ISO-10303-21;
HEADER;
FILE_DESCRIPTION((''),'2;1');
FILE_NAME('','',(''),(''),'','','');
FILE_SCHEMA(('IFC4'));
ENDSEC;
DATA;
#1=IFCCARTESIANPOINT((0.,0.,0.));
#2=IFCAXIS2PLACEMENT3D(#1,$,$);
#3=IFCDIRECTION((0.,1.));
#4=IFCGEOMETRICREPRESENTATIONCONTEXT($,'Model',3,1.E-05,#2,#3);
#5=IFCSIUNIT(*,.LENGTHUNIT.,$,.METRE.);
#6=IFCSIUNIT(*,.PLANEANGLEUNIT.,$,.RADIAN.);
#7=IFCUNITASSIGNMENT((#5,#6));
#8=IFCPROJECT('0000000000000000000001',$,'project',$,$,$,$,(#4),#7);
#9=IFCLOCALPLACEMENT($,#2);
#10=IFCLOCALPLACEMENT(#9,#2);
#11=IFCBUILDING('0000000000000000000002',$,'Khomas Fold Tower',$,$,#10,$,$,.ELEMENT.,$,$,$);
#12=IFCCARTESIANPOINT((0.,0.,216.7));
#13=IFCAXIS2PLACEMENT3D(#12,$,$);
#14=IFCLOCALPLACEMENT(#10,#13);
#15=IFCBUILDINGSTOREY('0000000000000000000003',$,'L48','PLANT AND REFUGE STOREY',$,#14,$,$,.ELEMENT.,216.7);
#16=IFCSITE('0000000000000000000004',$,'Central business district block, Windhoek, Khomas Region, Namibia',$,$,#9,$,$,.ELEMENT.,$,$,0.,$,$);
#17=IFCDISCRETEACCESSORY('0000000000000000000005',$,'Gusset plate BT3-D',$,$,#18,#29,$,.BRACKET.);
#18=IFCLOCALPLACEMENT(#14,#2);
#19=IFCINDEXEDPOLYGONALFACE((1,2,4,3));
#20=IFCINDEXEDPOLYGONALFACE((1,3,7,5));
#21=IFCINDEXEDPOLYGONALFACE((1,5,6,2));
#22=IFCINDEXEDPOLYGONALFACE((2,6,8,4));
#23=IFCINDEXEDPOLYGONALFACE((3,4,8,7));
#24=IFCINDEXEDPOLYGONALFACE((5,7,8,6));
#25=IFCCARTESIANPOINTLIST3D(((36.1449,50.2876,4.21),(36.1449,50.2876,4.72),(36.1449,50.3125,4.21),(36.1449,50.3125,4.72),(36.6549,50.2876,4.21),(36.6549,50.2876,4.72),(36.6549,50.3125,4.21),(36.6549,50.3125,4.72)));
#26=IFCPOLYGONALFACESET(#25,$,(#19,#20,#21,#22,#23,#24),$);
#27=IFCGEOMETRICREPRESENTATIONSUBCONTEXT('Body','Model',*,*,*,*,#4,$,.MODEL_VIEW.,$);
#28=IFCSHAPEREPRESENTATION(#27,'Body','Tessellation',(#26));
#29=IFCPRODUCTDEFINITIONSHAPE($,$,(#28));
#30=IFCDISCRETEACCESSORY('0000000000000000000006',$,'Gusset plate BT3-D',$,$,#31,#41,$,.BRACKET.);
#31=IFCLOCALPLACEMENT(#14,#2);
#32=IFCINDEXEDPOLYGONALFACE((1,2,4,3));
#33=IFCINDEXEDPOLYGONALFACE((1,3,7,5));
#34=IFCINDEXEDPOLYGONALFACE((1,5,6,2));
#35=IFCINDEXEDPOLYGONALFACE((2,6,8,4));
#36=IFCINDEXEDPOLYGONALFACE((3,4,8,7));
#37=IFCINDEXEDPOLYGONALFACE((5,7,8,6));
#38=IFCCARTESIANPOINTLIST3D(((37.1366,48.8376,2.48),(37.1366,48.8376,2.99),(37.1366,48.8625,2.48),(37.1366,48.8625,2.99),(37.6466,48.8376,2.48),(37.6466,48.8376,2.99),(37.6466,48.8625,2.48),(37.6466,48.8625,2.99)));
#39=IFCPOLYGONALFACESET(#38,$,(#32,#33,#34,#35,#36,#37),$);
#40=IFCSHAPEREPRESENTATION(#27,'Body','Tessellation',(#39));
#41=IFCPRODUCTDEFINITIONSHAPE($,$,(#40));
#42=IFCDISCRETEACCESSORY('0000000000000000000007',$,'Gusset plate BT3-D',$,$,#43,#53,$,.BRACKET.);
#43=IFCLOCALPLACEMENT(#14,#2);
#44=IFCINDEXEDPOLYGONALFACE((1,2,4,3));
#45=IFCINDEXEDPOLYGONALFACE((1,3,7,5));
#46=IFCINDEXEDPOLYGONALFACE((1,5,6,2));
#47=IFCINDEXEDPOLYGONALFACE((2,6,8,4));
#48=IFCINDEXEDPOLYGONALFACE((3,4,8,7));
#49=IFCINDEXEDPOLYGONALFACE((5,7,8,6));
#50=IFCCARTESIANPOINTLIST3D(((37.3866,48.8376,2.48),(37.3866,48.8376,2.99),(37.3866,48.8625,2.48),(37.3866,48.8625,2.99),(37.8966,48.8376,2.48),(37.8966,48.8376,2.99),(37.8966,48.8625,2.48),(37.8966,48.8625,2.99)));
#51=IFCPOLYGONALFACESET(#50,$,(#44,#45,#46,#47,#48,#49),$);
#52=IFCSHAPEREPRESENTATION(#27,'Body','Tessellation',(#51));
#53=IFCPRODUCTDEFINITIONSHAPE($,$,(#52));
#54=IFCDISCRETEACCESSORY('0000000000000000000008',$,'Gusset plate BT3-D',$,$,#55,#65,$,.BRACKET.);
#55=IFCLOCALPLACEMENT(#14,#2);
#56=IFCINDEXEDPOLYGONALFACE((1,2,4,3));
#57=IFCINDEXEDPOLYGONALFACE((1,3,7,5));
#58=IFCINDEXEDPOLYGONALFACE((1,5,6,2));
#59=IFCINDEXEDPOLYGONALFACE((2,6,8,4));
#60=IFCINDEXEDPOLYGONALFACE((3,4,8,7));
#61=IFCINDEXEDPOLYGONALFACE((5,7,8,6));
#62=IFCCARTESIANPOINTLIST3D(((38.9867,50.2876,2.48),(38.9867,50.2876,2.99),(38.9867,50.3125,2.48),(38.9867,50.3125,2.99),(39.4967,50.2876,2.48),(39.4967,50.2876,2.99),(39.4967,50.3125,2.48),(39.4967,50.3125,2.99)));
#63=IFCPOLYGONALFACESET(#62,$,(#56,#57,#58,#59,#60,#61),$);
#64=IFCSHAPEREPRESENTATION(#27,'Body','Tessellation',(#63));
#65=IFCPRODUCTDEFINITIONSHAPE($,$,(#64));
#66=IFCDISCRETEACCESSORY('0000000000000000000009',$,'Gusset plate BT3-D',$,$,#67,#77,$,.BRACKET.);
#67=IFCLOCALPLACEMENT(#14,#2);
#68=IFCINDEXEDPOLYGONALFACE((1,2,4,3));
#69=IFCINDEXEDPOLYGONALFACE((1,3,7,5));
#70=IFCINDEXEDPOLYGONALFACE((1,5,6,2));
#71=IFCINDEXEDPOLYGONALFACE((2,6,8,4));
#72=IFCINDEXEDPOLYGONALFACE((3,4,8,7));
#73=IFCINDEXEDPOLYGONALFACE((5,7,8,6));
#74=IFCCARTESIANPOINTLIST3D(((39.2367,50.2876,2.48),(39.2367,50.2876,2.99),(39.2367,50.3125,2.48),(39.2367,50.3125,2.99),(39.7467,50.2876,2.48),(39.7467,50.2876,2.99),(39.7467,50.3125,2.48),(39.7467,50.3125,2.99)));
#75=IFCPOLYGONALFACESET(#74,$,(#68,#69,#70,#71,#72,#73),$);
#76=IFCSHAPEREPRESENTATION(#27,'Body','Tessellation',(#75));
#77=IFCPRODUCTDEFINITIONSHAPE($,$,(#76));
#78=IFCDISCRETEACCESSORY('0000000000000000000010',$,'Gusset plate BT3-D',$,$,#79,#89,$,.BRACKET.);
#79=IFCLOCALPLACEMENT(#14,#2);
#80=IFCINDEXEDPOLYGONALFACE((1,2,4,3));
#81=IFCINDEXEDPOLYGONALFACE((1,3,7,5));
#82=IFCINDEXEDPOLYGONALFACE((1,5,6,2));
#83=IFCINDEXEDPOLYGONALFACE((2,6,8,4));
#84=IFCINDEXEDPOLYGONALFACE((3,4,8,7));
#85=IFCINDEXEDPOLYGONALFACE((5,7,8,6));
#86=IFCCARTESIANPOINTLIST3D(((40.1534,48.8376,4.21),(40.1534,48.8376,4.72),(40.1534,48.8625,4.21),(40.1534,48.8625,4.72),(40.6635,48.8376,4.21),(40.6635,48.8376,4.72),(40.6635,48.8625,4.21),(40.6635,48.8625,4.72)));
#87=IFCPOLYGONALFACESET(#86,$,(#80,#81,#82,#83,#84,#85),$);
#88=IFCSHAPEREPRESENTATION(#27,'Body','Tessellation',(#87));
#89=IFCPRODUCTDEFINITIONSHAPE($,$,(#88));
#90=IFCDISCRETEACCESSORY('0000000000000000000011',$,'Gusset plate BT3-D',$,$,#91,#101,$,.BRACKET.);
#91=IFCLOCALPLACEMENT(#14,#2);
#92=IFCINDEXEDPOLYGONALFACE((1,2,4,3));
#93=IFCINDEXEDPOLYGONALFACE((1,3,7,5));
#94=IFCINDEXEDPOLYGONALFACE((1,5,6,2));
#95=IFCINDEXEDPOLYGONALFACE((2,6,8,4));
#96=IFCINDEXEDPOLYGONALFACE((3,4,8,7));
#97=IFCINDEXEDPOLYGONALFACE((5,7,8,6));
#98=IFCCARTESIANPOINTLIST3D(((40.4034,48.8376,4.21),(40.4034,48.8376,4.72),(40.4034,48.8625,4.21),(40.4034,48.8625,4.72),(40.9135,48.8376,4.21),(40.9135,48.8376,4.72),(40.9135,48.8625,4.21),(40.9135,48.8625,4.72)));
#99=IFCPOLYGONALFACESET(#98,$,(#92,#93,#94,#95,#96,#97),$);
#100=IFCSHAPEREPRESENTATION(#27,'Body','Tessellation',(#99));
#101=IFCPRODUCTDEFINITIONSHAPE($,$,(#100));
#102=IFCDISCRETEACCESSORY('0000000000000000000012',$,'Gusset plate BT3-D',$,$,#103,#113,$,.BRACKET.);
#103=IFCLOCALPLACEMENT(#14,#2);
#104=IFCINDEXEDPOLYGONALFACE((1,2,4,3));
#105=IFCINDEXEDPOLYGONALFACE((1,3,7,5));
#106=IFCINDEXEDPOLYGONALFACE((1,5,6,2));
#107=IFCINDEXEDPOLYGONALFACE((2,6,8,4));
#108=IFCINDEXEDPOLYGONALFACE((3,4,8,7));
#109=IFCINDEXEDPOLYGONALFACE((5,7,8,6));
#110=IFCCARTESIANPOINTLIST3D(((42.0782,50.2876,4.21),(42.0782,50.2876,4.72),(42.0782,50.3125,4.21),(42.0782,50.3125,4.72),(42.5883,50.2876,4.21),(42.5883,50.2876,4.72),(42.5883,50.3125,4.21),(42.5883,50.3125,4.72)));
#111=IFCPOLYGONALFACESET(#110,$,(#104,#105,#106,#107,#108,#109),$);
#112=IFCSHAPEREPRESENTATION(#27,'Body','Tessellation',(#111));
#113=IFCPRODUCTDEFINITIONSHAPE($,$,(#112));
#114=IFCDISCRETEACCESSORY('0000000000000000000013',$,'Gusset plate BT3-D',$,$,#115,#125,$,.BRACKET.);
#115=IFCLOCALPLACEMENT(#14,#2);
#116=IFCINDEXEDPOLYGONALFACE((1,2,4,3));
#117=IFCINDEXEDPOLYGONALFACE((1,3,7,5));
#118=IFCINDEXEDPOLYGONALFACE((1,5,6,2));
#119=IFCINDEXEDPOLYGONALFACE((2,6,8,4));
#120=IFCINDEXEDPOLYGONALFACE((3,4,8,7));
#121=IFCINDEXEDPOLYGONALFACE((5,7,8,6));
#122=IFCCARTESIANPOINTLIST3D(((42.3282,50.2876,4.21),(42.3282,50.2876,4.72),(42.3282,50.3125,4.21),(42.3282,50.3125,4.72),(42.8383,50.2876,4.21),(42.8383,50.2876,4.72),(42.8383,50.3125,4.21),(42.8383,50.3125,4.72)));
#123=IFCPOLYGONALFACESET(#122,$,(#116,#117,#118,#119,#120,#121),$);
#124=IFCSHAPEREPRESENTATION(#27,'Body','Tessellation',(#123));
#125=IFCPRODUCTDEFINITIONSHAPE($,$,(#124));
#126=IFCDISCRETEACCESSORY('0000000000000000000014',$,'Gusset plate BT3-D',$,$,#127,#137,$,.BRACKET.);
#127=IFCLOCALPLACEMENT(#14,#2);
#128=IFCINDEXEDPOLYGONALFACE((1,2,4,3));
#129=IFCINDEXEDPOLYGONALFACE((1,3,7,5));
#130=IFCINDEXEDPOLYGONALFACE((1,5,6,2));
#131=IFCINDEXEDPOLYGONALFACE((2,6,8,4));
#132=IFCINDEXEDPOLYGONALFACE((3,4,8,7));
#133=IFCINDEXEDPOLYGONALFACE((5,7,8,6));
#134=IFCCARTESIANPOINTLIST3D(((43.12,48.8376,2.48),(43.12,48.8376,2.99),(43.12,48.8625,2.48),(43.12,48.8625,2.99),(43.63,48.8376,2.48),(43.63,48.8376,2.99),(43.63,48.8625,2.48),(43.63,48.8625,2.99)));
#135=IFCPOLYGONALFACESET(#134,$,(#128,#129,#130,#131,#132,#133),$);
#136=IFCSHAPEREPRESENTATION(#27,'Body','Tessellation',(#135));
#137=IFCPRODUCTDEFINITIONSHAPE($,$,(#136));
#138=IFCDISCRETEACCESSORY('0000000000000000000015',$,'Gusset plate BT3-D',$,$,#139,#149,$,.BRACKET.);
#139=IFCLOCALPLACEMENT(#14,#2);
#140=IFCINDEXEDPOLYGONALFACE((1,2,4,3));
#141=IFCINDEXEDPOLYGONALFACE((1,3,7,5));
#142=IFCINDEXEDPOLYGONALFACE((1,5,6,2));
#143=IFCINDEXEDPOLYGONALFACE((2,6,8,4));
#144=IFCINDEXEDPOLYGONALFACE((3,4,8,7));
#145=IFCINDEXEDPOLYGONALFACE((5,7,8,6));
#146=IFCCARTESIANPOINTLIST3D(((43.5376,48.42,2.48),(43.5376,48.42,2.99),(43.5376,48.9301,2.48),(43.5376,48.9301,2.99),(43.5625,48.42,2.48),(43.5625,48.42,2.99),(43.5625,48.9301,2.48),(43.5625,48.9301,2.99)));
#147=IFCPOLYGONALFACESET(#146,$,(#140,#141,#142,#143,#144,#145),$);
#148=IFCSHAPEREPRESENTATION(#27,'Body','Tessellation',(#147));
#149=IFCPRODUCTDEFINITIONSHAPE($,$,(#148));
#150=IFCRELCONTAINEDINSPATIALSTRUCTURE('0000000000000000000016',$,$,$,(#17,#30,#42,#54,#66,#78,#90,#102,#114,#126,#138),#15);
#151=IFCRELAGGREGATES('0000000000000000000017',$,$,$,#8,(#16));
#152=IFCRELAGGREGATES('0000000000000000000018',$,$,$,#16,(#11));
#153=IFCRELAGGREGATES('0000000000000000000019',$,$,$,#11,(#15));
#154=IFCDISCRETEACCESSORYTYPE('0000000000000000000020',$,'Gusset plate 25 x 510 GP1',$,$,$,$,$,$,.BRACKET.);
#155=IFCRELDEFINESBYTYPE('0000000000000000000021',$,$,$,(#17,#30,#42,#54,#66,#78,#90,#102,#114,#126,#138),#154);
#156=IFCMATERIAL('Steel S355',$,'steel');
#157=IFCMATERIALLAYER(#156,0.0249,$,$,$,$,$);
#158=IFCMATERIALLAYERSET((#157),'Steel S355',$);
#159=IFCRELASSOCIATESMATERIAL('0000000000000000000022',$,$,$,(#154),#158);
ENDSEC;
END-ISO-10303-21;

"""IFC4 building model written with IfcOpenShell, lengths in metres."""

from ifc_helpers import new_model, si_unit, direction, frame, origin, origin_2d, place, context, subcontext, project, spatial, rectangle, extrude, source, transform, mapped, material, layer, layer_set, type_object, element, save


model = new_model("IFC4")

# Units and contexts
model_context = context("Model", 3, precision=1e-05, world=origin(), true_north=direction((0.0, 1.0)))
body_context = subcontext(model_context, "Body", "Model", "MODEL_VIEW")
ifc_project = project(units=[si_unit("LENGTHUNIT", "METRE"), si_unit("PLANEANGLEUNIT", "RADIAN")], contexts=[model_context])

# Site, building, storey
site_placement = place(None, origin())
site = spatial("IfcSite", under=ifc_project, at=site_placement, Name="Central business district block, Windhoek, Khomas Region, Namibia", CompositionType="ELEMENT", RefElevation=0.0)
building_placement = place(site_placement, origin())
building = spatial("IfcBuilding", under=site, at=building_placement, Name="Khomas Fold Tower", CompositionType="ELEMENT")
storey_placement = place(building_placement, frame((0.0, 0.0, 216.7)))
storey = spatial("IfcBuildingStorey", under=building, at=storey_placement, Name="L48", Description="PLANT AND REFUGE STOREY", CompositionType="ELEMENT", Elevation=216.7)

# Discrete accessories
ifc_material_1 = material(Name="Steel S355", Category="steel")
ifc_layer_1 = layer(ifc_material_1, 0.0249)
ifc_layer_set_1 = layer_set([ifc_layer_1], Name="Steel S355")
discrete_accessory_type = type_object("IfcDiscreteAccessoryType", Name="Gusset plate 25 x 510 GP1", PredefinedType="BRACKET", material=ifc_layer_set_1)
shared_shape_1 = source(origin(), body_context, "Body", "SweptSolid", [
    extrude(rectangle(XDim=0.51, YDim=0.0249, at=origin_2d()), origin(), (0.0, 0.0, 1.0), 0.51),
])
for number, where, z_axis, x_axis, name in (
    (1, (36.3999, 50.3, 4.21), (0.0, 0.0, 1.0), (1.0, 0.0, 0.0), "Gusset plate BT3-D"),
    (2, (37.3916, 48.8501, 2.48), (0.0, 0.0, 1.0), (1.0, 0.0, 0.0), "Gusset plate BT3-D"),
    (3, (37.6416, 48.8501, 2.48), (0.0, 0.0, 1.0), (1.0, 0.0, 0.0), "Gusset plate BT3-D"),
    (4, (39.2417, 50.3, 2.48), (0.0, 0.0, 1.0), (1.0, 0.0, 0.0), "Gusset plate BT3-D"),
    (5, (39.4917, 50.3, 2.48), (0.0, 0.0, 1.0), (1.0, 0.0, 0.0), "Gusset plate BT3-D"),
    (6, (40.4084, 48.8501, 4.21), (0.0, 0.0, 1.0), (1.0, 0.0, 0.0), "Gusset plate BT3-D"),
    (7, (40.6584, 48.8501, 4.21), (0.0, 0.0, 1.0), (1.0, 0.0, 0.0), "Gusset plate BT3-D"),
    (8, (42.3333, 50.3, 4.21), (0.0, 0.0, 1.0), (1.0, 0.0, 0.0), "Gusset plate BT3-D"),
    (9, (42.5833, 50.3, 4.21), (0.0, 0.0, 1.0), (1.0, 0.0, 0.0), "Gusset plate BT3-D"),
    (10, (43.375, 48.8501, 2.48), (0.0, 0.0, 1.0), (1.0, 0.0, 0.0), "Gusset plate BT3-D"),
    (11, (43.55, 48.675, 2.48), (0.0, 0.0, 1.0), (0.0, 1.0, 0.0), "Gusset plate BT3-D"),
):
    element("IfcDiscreteAccessory", number, at=place(storey_placement, frame(where, z_axis=z_axis, x_axis=x_axis)), inside=storey, type_object=discrete_accessory_type, Name=name, PredefinedType="BRACKET", context=body_context, shape_type="MappedRepresentation", body=[
        mapped(shared_shape_1, transform((0.0, 0.0, 0.0))),
    ])

save(model, "model.ifc")
